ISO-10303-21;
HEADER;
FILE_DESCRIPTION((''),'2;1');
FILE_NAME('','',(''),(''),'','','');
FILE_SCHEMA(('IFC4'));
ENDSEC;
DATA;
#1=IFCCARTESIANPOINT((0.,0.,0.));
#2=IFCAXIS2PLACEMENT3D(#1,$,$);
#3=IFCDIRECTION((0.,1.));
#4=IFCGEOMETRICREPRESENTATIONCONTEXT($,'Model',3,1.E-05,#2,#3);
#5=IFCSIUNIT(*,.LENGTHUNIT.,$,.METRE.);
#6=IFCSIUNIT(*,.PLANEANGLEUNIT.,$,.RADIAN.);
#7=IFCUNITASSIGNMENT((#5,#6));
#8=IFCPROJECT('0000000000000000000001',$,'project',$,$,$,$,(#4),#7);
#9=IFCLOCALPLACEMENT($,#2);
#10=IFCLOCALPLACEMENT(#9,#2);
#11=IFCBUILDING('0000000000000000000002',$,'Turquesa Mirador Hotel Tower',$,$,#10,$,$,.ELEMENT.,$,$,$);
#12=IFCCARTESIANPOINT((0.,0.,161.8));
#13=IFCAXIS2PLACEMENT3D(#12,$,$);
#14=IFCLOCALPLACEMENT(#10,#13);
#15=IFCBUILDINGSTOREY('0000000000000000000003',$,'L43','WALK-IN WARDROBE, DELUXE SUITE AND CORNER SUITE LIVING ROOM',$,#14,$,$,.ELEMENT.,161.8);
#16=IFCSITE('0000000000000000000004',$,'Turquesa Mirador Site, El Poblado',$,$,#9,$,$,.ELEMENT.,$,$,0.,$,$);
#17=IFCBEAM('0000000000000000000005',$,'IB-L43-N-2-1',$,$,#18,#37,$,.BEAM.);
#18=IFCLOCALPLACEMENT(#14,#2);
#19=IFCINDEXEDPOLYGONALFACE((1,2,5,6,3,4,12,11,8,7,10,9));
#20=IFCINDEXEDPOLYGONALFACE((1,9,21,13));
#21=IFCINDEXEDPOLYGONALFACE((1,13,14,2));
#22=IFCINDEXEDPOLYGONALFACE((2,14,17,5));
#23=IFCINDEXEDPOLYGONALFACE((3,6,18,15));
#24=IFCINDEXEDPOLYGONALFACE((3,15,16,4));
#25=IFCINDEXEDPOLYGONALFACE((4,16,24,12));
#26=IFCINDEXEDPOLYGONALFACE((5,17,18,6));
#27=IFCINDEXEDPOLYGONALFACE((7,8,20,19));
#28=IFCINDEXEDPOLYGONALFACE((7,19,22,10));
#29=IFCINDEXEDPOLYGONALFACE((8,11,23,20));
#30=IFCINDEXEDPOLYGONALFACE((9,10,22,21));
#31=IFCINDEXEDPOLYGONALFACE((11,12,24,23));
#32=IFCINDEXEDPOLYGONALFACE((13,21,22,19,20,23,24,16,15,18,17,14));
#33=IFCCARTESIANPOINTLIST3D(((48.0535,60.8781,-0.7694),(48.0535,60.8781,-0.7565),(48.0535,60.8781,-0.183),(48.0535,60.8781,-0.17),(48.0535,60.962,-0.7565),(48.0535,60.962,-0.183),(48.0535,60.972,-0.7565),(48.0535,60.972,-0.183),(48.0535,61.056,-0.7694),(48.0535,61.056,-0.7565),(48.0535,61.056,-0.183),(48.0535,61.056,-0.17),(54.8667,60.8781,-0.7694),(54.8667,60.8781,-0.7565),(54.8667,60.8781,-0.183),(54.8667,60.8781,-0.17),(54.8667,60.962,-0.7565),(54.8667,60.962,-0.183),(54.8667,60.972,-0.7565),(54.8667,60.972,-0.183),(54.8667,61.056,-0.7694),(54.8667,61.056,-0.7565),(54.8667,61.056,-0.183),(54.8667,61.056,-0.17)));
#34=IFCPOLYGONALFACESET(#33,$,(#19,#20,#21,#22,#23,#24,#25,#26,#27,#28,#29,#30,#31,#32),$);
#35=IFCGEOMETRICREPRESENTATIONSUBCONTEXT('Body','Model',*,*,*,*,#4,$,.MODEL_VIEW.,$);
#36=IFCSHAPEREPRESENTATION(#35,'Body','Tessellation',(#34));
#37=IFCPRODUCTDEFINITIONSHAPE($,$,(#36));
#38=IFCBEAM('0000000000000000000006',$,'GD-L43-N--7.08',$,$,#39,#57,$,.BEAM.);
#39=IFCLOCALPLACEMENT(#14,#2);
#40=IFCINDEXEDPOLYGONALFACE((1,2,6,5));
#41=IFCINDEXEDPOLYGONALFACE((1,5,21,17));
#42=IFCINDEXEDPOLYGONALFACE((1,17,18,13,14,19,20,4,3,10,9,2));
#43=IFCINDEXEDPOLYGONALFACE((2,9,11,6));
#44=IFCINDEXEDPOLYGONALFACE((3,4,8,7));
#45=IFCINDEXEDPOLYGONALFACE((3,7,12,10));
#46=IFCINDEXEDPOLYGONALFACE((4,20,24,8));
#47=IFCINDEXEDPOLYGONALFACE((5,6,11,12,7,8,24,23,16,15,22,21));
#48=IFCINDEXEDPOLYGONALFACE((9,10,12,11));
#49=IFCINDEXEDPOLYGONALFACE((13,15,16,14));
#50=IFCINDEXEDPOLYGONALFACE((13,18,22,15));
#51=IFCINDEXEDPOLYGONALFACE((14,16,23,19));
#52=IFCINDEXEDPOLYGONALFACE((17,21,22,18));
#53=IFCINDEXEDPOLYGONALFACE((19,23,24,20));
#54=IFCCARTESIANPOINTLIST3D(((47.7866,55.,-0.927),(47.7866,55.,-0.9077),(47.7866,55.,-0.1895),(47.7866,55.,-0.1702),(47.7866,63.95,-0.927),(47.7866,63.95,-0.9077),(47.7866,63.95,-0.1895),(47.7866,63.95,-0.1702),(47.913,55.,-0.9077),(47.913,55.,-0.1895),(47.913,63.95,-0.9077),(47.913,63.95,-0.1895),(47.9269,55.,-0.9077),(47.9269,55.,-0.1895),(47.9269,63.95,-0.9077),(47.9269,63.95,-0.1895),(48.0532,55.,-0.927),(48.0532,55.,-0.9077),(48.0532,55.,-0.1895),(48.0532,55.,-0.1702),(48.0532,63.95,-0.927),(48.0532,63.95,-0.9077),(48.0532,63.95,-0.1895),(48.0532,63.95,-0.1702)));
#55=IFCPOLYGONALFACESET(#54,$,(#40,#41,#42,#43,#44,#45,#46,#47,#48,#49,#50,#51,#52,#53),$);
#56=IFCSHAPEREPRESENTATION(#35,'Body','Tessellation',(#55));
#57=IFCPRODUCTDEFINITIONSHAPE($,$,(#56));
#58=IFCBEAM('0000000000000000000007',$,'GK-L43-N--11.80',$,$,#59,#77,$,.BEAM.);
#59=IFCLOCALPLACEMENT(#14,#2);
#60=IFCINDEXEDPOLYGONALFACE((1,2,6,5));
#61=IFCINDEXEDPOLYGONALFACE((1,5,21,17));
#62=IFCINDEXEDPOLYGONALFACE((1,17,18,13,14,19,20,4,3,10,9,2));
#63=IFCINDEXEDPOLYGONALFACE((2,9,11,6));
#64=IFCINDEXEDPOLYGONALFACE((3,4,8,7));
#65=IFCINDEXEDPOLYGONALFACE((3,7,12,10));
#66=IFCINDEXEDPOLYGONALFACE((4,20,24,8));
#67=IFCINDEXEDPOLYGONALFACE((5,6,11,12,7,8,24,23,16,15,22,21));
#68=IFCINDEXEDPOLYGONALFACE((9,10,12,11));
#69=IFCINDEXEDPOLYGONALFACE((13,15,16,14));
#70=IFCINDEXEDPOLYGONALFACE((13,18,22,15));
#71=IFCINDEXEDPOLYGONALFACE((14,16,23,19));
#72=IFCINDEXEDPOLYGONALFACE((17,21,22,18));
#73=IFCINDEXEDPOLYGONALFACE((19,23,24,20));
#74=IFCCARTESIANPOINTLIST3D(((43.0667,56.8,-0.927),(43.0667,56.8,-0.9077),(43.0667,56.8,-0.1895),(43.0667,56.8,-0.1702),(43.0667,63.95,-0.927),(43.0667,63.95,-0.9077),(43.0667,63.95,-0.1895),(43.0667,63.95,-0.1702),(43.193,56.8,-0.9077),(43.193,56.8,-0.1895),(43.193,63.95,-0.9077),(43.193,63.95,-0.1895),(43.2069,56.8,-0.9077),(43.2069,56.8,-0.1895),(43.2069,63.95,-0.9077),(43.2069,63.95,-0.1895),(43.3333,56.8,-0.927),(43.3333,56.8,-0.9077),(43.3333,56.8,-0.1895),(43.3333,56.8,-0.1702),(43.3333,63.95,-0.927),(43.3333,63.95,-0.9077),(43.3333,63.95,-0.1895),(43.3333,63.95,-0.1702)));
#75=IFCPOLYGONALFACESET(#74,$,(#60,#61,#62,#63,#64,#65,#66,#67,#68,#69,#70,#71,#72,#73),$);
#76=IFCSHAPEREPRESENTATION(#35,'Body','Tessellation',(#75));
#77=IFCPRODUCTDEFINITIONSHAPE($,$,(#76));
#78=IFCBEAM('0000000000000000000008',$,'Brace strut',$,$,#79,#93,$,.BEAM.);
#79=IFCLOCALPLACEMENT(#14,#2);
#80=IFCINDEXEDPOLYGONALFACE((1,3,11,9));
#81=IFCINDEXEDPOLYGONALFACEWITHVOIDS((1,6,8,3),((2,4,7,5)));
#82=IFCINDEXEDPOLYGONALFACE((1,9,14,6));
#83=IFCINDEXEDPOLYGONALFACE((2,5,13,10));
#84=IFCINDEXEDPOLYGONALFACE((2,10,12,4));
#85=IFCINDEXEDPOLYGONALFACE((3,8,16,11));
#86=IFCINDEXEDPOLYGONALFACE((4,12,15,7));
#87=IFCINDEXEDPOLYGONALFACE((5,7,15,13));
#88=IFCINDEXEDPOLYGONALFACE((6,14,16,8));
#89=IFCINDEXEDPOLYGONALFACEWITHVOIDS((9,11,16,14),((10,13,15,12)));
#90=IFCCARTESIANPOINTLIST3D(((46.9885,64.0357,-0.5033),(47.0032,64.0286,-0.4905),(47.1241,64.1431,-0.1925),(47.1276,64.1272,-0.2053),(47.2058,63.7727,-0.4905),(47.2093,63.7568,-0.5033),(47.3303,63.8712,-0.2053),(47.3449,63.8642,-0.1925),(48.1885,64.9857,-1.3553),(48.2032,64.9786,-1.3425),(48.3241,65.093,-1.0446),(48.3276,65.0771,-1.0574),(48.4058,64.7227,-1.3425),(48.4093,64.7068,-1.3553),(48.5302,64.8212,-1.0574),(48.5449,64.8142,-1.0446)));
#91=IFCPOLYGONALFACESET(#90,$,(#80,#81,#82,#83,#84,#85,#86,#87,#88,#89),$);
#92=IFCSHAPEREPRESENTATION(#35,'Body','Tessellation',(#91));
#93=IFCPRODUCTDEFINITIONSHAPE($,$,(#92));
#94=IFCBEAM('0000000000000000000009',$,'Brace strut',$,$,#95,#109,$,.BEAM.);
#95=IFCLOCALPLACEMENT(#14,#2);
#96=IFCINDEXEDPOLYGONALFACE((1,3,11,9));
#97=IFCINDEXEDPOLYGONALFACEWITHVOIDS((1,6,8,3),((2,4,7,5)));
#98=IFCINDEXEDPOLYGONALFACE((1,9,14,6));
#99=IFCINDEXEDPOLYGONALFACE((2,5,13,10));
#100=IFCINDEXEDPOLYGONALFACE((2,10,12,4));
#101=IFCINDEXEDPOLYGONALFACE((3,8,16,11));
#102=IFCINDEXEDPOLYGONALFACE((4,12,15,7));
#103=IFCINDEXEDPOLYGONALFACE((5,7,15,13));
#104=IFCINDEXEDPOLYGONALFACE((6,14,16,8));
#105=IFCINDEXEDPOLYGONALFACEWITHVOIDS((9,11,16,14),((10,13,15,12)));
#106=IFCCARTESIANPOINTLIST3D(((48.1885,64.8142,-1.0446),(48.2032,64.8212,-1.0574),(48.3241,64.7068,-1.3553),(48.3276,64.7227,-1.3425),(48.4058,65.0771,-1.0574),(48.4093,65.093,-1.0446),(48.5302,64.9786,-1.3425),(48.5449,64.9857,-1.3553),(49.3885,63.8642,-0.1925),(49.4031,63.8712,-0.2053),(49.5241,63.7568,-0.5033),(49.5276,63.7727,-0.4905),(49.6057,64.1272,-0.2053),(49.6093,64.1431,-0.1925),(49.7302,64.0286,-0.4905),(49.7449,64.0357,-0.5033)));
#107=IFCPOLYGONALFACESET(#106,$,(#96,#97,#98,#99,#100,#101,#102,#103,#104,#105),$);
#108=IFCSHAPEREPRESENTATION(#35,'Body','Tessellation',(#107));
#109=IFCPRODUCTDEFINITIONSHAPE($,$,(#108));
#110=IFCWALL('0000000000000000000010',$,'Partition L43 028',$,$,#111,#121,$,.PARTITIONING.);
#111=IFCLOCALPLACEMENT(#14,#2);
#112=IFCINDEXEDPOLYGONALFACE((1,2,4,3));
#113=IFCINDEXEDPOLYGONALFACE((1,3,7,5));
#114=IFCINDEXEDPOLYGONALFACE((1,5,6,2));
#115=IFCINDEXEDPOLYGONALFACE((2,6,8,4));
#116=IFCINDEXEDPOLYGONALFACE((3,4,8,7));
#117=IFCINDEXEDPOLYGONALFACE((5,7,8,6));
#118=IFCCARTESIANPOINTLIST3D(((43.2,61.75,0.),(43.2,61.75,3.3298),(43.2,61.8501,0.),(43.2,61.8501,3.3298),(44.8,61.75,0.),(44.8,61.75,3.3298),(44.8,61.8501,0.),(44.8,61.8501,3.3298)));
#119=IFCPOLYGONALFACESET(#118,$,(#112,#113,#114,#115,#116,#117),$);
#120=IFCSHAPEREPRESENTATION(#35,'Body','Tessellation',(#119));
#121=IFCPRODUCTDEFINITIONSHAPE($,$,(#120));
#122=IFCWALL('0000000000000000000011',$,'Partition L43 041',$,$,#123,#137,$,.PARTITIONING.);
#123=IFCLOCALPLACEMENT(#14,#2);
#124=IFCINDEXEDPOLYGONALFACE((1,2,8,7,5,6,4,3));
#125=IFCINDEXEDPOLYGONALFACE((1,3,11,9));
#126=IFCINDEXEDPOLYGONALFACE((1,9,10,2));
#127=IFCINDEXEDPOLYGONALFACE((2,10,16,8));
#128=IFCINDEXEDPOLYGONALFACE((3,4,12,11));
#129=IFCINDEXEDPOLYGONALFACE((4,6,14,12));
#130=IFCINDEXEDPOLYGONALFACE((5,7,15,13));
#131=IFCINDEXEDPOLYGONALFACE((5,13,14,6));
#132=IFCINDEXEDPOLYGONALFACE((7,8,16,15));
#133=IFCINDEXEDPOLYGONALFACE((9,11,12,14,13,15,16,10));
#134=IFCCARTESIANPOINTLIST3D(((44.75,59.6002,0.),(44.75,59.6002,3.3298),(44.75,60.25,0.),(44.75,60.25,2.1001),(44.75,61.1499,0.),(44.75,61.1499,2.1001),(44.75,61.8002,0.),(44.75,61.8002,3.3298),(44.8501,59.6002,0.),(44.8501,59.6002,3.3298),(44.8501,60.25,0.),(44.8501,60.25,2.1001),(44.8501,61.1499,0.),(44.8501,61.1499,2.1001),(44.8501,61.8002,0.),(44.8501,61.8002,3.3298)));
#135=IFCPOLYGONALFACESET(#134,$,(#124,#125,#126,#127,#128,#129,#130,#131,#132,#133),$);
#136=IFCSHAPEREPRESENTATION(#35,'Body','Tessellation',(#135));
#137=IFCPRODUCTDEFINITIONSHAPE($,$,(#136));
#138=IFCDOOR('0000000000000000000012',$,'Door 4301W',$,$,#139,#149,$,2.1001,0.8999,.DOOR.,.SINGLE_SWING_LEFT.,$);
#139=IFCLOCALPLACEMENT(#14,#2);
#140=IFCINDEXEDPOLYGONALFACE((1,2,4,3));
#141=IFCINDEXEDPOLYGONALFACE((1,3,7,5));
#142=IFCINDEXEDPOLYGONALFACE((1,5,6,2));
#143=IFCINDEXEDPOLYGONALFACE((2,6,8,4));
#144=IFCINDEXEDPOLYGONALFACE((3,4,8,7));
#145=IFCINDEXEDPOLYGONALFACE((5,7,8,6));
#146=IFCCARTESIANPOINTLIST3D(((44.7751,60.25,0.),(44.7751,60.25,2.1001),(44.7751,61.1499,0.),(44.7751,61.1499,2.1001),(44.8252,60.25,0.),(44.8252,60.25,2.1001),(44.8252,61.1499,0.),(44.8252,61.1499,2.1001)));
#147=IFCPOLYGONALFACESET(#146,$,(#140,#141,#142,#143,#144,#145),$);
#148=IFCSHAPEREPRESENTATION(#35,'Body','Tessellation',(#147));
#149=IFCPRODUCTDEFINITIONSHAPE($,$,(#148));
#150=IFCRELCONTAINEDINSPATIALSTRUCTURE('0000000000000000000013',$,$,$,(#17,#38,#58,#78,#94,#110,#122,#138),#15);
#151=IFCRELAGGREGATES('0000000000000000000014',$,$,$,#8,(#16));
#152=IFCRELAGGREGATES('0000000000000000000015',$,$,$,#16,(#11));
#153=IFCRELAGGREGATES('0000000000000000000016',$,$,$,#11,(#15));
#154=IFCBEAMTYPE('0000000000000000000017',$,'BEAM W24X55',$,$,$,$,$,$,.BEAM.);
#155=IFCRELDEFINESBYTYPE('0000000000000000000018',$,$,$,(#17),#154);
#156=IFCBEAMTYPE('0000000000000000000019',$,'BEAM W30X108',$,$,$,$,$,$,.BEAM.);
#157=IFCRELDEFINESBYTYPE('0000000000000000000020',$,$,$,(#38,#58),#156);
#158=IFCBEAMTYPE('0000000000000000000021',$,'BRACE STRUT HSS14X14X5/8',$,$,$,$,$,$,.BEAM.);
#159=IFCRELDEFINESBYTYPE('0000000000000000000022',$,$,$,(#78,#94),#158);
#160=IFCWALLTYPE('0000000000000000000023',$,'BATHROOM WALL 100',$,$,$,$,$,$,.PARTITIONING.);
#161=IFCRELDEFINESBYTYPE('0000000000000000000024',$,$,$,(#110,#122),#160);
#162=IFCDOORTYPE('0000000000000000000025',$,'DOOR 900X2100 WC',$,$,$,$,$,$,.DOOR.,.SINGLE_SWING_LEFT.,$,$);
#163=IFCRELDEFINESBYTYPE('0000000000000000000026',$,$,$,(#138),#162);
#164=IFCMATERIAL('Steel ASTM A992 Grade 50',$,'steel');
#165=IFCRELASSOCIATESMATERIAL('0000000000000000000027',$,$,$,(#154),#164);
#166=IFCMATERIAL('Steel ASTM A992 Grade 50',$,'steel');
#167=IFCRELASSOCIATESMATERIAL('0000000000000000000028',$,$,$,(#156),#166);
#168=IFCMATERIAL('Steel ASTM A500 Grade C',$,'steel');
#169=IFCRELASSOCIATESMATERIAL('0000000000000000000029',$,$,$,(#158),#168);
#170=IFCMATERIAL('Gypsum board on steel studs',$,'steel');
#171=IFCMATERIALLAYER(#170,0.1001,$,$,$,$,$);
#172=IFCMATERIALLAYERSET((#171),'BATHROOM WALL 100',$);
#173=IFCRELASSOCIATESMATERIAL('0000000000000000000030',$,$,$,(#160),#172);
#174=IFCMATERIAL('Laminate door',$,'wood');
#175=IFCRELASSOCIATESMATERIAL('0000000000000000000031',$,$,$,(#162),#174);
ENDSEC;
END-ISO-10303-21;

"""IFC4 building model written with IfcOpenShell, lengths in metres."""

from ifc_helpers import new_model, si_unit, direction, frame, frame_2d, origin, origin_2d, place, context, subcontext, project, spatial, rectangle, hollow_rectangle, i_section, extrude, material, layer, layer_set, material_profile, profile_set, type_object, element, fill, save


model = new_model("IFC4")

# Units and contexts
model_context = context("Model", 3, precision=1e-05, world=origin(), true_north=direction((0.0, 1.0)))
body_context = subcontext(model_context, "Body", "Model", "MODEL_VIEW")
ifc_project = project(units=[si_unit("LENGTHUNIT", "METRE"), si_unit("PLANEANGLEUNIT", "RADIAN")], contexts=[model_context])

# Site, building, storey
site_placement = place(None, origin())
site = spatial("IfcSite", under=ifc_project, at=site_placement, Name="Turquesa Mirador Site, El Poblado", CompositionType="ELEMENT", RefElevation=0.0)
building_placement = place(site_placement, origin())
building = spatial("IfcBuilding", under=site, at=building_placement, Name="Turquesa Mirador Hotel Tower", CompositionType="ELEMENT")
storey_placement = place(building_placement, frame((0.0, 0.0, 161.8)))
storey = spatial("IfcBuildingStorey", under=building, at=storey_placement, Name="L43", Description="WALK-IN WARDROBE, DELUXE SUITE AND CORNER SUITE LIVING ROOM", CompositionType="ELEMENT", Elevation=161.8)

# Beams
ifc_material_1 = material(Name="Steel ASTM A992 Grade 50", Category="steel")
ifc_material_profile_1 = material_profile(ifc_material_1, i_section(OverallWidth=0.178, OverallDepth=0.5994, WebThickness=0.01, FlangeThickness=0.0129, at=origin_2d()), Name="W24X55")
ifc_profile_set_1 = profile_set([ifc_material_profile_1], Name="Steel ASTM A992 Grade 50")
beam_type_1 = type_object("IfcBeamType", Name="BEAM W24X55", PredefinedType="BEAM", material=ifc_profile_set_1)
beam_1_placement = place(storey_placement, frame((48.0535, 60.967, -0.4697), z_axis=(1.0, 0.0, 0.0), x_axis=(0.0, 1.0, 0.0)))
element("IfcBeam", 1, at=beam_1_placement, inside=storey, type_object=beam_type_1, Name="IB-L43-N-2-1", PredefinedType="BEAM", context=body_context, shape_type="SweptSolid", body=[
    extrude(i_section(OverallWidth=0.178, OverallDepth=0.5994, WebThickness=0.01, FlangeThickness=0.0129, at=origin_2d()), origin(), (0.0, 0.0, 1.0), 6.8132),
])
ifc_material_2 = material(Name="Steel ASTM A992 Grade 50", Category="steel")
ifc_material_profile_2 = material_profile(ifc_material_2, i_section(OverallWidth=0.2666, OverallDepth=0.7568, WebThickness=0.0139, FlangeThickness=0.0193, at=origin_2d()), Name="W30X108")
ifc_profile_set_2 = profile_set([ifc_material_profile_2], Name="Steel ASTM A992 Grade 50")
beam_type_2 = type_object("IfcBeamType", Name="BEAM W30X108", PredefinedType="BEAM", material=ifc_profile_set_2)
beam_2_placement = place(storey_placement, frame((47.9199, 63.95, -0.5486), z_axis=(0.0, -1.0, 0.0), x_axis=(1.0, 0.0, 0.0)))
element("IfcBeam", 2, at=beam_2_placement, inside=storey, type_object=beam_type_2, Name="GD-L43-N--7.08", PredefinedType="BEAM", context=body_context, shape_type="SweptSolid", body=[
    extrude(i_section(OverallWidth=0.2666, OverallDepth=0.7568, WebThickness=0.0139, FlangeThickness=0.0193, at=origin_2d()), origin(), (0.0, 0.0, 1.0), 8.95),
])
beam_3_placement = place(storey_placement, frame((43.2, 63.95, -0.5486), z_axis=(0.0, -1.0, 0.0), x_axis=(1.0, 0.0, 0.0)))
element("IfcBeam", 3, at=beam_3_placement, inside=storey, type_object=beam_type_2, Name="GK-L43-N--11.80", PredefinedType="BEAM", context=body_context, shape_type="SweptSolid", body=[
    extrude(i_section(OverallWidth=0.2666, OverallDepth=0.7568, WebThickness=0.0139, FlangeThickness=0.0193, at=origin_2d()), origin(), (0.0, 0.0, 1.0), 7.1499),
])
ifc_material_3 = material(Name="Steel ASTM A500 Grade C", Category="steel")
ifc_material_profile_3 = material_profile(ifc_material_3, hollow_rectangle(XDim=0.3557, YDim=0.3557, WallThickness=0.0146, at=origin_2d()), Name="HSS14X14X5/8")
ifc_profile_set_3 = profile_set([ifc_material_profile_3], Name="Steel ASTM A500 Grade C")
beam_type_3 = type_object("IfcBeamType", Name="BRACE STRUT HSS14X14X5/8", PredefinedType="BEAM", material=ifc_profile_set_3)
for number, where, z_axis, x_axis, name in (
    (4, (48.3667, 64.8999, -1.2), (-0.68504, -0.542318, 0.486427), (0.620699, -0.784049, 0.0), "Brace strut"),
    (5, (48.3667, 64.8999, -1.2), (0.68504, -0.542318, 0.486427), (0.620699, 0.784049, 0.0), "Brace strut"),
):
    element("IfcBeam", number, at=place(storey_placement, frame(where, z_axis=z_axis, x_axis=x_axis)), inside=storey, type_object=beam_type_3, Name=name, PredefinedType="BEAM", context=body_context, shape_type="SweptSolid", body=[
        extrude(hollow_rectangle(XDim=0.3557, YDim=0.3557, WallThickness=0.0146, at=origin_2d()), origin(), (0.0, 0.0, 1.0), 1.7517),
    ])

# Wall
ifc_material_4 = material(Name="Gypsum board on steel studs", Category="steel")
ifc_layer_1 = layer(ifc_material_4, 0.1001)
ifc_layer_set_1 = layer_set([ifc_layer_1], Name="BATHROOM WALL 100")
wall_type_1 = type_object("IfcWallType", Name="BATHROOM WALL 100", PredefinedType="PARTITIONING", material=ifc_layer_set_1)
wall_1_placement = place(storey_placement, frame((43.2, 61.8, 0.0), z_axis=(0.0, 0.0, 1.0), x_axis=(1.0, 0.0, 0.0)))
element("IfcWall", 6, at=wall_1_placement, inside=storey, type_object=wall_type_1, Name="Partition L43 028", PredefinedType="PARTITIONING", context=body_context, shape_type="SweptSolid", body=[
    extrude(rectangle(XDim=1.6001, YDim=0.1001, at=frame_2d((0.8, 0.0))), origin(), (0.0, 0.0, 1.0), 3.3298),
])

# Wall, opening, door
wall_2_placement = place(storey_placement, frame((44.8, 59.6001, 0.0), z_axis=(0.0, 0.0, 1.0), x_axis=(0.0, 1.0, 0.0)))
wall_2 = element("IfcWall", 7, at=wall_2_placement, inside=storey, type_object=wall_type_1, Name="Partition L43 041", PredefinedType="PARTITIONING", context=body_context, shape_type="SweptSolid", body=[
    extrude(rectangle(XDim=2.2, YDim=0.1001, at=frame_2d((1.1001, 0.0))), origin(), (0.0, 0.0, 1.0), 3.3298),
])
opening_1_placement = place(wall_2_placement, frame((0.6499, 0.0, 0.0)))
opening_1 = element("IfcOpeningElement", 8, at=opening_1_placement, cuts=wall_2, PredefinedType="OPENING", context=body_context, shape_type="SweptSolid", body=[
    extrude(rectangle(XDim=0.8999, YDim=2.1001, at=frame_2d((0.45, 1.05))), frame((0.0, 0.0601, 0.0), z_axis=(0.0, -1.0, 0.0), x_axis=(1.0, 0.0, 0.0)), (0.0, 0.0, 1.0), 0.1201),
])
ifc_material_5 = material(Name="Laminate door", Category="wood")
door_type_1 = type_object("IfcDoorType", Name="DOOR 900X2100 WC", OperationType="SINGLE_SWING_LEFT", PredefinedType="DOOR", material=ifc_material_5)
door_1_placement = place(opening_1_placement, origin())
door_1 = element("IfcDoor", 9, at=door_1_placement, inside=storey, type_object=door_type_1, Name="Door 4301W", OperationType="SINGLE_SWING_LEFT", OverallHeight=2.1001, OverallWidth=0.8999, PredefinedType="DOOR", context=body_context, shape_type="SweptSolid", body=[
    extrude(rectangle(XDim=0.8999, YDim=2.1001, at=frame_2d((0.45, 1.05))), frame((0.0, 0.0249, 0.0), z_axis=(0.0, -1.0, 0.0), x_axis=(1.0, 0.0, 0.0)), (0.0, 0.0, 1.0), 0.05),
])
fill(opening_1, door_1)

save(model, "model.ifc")
